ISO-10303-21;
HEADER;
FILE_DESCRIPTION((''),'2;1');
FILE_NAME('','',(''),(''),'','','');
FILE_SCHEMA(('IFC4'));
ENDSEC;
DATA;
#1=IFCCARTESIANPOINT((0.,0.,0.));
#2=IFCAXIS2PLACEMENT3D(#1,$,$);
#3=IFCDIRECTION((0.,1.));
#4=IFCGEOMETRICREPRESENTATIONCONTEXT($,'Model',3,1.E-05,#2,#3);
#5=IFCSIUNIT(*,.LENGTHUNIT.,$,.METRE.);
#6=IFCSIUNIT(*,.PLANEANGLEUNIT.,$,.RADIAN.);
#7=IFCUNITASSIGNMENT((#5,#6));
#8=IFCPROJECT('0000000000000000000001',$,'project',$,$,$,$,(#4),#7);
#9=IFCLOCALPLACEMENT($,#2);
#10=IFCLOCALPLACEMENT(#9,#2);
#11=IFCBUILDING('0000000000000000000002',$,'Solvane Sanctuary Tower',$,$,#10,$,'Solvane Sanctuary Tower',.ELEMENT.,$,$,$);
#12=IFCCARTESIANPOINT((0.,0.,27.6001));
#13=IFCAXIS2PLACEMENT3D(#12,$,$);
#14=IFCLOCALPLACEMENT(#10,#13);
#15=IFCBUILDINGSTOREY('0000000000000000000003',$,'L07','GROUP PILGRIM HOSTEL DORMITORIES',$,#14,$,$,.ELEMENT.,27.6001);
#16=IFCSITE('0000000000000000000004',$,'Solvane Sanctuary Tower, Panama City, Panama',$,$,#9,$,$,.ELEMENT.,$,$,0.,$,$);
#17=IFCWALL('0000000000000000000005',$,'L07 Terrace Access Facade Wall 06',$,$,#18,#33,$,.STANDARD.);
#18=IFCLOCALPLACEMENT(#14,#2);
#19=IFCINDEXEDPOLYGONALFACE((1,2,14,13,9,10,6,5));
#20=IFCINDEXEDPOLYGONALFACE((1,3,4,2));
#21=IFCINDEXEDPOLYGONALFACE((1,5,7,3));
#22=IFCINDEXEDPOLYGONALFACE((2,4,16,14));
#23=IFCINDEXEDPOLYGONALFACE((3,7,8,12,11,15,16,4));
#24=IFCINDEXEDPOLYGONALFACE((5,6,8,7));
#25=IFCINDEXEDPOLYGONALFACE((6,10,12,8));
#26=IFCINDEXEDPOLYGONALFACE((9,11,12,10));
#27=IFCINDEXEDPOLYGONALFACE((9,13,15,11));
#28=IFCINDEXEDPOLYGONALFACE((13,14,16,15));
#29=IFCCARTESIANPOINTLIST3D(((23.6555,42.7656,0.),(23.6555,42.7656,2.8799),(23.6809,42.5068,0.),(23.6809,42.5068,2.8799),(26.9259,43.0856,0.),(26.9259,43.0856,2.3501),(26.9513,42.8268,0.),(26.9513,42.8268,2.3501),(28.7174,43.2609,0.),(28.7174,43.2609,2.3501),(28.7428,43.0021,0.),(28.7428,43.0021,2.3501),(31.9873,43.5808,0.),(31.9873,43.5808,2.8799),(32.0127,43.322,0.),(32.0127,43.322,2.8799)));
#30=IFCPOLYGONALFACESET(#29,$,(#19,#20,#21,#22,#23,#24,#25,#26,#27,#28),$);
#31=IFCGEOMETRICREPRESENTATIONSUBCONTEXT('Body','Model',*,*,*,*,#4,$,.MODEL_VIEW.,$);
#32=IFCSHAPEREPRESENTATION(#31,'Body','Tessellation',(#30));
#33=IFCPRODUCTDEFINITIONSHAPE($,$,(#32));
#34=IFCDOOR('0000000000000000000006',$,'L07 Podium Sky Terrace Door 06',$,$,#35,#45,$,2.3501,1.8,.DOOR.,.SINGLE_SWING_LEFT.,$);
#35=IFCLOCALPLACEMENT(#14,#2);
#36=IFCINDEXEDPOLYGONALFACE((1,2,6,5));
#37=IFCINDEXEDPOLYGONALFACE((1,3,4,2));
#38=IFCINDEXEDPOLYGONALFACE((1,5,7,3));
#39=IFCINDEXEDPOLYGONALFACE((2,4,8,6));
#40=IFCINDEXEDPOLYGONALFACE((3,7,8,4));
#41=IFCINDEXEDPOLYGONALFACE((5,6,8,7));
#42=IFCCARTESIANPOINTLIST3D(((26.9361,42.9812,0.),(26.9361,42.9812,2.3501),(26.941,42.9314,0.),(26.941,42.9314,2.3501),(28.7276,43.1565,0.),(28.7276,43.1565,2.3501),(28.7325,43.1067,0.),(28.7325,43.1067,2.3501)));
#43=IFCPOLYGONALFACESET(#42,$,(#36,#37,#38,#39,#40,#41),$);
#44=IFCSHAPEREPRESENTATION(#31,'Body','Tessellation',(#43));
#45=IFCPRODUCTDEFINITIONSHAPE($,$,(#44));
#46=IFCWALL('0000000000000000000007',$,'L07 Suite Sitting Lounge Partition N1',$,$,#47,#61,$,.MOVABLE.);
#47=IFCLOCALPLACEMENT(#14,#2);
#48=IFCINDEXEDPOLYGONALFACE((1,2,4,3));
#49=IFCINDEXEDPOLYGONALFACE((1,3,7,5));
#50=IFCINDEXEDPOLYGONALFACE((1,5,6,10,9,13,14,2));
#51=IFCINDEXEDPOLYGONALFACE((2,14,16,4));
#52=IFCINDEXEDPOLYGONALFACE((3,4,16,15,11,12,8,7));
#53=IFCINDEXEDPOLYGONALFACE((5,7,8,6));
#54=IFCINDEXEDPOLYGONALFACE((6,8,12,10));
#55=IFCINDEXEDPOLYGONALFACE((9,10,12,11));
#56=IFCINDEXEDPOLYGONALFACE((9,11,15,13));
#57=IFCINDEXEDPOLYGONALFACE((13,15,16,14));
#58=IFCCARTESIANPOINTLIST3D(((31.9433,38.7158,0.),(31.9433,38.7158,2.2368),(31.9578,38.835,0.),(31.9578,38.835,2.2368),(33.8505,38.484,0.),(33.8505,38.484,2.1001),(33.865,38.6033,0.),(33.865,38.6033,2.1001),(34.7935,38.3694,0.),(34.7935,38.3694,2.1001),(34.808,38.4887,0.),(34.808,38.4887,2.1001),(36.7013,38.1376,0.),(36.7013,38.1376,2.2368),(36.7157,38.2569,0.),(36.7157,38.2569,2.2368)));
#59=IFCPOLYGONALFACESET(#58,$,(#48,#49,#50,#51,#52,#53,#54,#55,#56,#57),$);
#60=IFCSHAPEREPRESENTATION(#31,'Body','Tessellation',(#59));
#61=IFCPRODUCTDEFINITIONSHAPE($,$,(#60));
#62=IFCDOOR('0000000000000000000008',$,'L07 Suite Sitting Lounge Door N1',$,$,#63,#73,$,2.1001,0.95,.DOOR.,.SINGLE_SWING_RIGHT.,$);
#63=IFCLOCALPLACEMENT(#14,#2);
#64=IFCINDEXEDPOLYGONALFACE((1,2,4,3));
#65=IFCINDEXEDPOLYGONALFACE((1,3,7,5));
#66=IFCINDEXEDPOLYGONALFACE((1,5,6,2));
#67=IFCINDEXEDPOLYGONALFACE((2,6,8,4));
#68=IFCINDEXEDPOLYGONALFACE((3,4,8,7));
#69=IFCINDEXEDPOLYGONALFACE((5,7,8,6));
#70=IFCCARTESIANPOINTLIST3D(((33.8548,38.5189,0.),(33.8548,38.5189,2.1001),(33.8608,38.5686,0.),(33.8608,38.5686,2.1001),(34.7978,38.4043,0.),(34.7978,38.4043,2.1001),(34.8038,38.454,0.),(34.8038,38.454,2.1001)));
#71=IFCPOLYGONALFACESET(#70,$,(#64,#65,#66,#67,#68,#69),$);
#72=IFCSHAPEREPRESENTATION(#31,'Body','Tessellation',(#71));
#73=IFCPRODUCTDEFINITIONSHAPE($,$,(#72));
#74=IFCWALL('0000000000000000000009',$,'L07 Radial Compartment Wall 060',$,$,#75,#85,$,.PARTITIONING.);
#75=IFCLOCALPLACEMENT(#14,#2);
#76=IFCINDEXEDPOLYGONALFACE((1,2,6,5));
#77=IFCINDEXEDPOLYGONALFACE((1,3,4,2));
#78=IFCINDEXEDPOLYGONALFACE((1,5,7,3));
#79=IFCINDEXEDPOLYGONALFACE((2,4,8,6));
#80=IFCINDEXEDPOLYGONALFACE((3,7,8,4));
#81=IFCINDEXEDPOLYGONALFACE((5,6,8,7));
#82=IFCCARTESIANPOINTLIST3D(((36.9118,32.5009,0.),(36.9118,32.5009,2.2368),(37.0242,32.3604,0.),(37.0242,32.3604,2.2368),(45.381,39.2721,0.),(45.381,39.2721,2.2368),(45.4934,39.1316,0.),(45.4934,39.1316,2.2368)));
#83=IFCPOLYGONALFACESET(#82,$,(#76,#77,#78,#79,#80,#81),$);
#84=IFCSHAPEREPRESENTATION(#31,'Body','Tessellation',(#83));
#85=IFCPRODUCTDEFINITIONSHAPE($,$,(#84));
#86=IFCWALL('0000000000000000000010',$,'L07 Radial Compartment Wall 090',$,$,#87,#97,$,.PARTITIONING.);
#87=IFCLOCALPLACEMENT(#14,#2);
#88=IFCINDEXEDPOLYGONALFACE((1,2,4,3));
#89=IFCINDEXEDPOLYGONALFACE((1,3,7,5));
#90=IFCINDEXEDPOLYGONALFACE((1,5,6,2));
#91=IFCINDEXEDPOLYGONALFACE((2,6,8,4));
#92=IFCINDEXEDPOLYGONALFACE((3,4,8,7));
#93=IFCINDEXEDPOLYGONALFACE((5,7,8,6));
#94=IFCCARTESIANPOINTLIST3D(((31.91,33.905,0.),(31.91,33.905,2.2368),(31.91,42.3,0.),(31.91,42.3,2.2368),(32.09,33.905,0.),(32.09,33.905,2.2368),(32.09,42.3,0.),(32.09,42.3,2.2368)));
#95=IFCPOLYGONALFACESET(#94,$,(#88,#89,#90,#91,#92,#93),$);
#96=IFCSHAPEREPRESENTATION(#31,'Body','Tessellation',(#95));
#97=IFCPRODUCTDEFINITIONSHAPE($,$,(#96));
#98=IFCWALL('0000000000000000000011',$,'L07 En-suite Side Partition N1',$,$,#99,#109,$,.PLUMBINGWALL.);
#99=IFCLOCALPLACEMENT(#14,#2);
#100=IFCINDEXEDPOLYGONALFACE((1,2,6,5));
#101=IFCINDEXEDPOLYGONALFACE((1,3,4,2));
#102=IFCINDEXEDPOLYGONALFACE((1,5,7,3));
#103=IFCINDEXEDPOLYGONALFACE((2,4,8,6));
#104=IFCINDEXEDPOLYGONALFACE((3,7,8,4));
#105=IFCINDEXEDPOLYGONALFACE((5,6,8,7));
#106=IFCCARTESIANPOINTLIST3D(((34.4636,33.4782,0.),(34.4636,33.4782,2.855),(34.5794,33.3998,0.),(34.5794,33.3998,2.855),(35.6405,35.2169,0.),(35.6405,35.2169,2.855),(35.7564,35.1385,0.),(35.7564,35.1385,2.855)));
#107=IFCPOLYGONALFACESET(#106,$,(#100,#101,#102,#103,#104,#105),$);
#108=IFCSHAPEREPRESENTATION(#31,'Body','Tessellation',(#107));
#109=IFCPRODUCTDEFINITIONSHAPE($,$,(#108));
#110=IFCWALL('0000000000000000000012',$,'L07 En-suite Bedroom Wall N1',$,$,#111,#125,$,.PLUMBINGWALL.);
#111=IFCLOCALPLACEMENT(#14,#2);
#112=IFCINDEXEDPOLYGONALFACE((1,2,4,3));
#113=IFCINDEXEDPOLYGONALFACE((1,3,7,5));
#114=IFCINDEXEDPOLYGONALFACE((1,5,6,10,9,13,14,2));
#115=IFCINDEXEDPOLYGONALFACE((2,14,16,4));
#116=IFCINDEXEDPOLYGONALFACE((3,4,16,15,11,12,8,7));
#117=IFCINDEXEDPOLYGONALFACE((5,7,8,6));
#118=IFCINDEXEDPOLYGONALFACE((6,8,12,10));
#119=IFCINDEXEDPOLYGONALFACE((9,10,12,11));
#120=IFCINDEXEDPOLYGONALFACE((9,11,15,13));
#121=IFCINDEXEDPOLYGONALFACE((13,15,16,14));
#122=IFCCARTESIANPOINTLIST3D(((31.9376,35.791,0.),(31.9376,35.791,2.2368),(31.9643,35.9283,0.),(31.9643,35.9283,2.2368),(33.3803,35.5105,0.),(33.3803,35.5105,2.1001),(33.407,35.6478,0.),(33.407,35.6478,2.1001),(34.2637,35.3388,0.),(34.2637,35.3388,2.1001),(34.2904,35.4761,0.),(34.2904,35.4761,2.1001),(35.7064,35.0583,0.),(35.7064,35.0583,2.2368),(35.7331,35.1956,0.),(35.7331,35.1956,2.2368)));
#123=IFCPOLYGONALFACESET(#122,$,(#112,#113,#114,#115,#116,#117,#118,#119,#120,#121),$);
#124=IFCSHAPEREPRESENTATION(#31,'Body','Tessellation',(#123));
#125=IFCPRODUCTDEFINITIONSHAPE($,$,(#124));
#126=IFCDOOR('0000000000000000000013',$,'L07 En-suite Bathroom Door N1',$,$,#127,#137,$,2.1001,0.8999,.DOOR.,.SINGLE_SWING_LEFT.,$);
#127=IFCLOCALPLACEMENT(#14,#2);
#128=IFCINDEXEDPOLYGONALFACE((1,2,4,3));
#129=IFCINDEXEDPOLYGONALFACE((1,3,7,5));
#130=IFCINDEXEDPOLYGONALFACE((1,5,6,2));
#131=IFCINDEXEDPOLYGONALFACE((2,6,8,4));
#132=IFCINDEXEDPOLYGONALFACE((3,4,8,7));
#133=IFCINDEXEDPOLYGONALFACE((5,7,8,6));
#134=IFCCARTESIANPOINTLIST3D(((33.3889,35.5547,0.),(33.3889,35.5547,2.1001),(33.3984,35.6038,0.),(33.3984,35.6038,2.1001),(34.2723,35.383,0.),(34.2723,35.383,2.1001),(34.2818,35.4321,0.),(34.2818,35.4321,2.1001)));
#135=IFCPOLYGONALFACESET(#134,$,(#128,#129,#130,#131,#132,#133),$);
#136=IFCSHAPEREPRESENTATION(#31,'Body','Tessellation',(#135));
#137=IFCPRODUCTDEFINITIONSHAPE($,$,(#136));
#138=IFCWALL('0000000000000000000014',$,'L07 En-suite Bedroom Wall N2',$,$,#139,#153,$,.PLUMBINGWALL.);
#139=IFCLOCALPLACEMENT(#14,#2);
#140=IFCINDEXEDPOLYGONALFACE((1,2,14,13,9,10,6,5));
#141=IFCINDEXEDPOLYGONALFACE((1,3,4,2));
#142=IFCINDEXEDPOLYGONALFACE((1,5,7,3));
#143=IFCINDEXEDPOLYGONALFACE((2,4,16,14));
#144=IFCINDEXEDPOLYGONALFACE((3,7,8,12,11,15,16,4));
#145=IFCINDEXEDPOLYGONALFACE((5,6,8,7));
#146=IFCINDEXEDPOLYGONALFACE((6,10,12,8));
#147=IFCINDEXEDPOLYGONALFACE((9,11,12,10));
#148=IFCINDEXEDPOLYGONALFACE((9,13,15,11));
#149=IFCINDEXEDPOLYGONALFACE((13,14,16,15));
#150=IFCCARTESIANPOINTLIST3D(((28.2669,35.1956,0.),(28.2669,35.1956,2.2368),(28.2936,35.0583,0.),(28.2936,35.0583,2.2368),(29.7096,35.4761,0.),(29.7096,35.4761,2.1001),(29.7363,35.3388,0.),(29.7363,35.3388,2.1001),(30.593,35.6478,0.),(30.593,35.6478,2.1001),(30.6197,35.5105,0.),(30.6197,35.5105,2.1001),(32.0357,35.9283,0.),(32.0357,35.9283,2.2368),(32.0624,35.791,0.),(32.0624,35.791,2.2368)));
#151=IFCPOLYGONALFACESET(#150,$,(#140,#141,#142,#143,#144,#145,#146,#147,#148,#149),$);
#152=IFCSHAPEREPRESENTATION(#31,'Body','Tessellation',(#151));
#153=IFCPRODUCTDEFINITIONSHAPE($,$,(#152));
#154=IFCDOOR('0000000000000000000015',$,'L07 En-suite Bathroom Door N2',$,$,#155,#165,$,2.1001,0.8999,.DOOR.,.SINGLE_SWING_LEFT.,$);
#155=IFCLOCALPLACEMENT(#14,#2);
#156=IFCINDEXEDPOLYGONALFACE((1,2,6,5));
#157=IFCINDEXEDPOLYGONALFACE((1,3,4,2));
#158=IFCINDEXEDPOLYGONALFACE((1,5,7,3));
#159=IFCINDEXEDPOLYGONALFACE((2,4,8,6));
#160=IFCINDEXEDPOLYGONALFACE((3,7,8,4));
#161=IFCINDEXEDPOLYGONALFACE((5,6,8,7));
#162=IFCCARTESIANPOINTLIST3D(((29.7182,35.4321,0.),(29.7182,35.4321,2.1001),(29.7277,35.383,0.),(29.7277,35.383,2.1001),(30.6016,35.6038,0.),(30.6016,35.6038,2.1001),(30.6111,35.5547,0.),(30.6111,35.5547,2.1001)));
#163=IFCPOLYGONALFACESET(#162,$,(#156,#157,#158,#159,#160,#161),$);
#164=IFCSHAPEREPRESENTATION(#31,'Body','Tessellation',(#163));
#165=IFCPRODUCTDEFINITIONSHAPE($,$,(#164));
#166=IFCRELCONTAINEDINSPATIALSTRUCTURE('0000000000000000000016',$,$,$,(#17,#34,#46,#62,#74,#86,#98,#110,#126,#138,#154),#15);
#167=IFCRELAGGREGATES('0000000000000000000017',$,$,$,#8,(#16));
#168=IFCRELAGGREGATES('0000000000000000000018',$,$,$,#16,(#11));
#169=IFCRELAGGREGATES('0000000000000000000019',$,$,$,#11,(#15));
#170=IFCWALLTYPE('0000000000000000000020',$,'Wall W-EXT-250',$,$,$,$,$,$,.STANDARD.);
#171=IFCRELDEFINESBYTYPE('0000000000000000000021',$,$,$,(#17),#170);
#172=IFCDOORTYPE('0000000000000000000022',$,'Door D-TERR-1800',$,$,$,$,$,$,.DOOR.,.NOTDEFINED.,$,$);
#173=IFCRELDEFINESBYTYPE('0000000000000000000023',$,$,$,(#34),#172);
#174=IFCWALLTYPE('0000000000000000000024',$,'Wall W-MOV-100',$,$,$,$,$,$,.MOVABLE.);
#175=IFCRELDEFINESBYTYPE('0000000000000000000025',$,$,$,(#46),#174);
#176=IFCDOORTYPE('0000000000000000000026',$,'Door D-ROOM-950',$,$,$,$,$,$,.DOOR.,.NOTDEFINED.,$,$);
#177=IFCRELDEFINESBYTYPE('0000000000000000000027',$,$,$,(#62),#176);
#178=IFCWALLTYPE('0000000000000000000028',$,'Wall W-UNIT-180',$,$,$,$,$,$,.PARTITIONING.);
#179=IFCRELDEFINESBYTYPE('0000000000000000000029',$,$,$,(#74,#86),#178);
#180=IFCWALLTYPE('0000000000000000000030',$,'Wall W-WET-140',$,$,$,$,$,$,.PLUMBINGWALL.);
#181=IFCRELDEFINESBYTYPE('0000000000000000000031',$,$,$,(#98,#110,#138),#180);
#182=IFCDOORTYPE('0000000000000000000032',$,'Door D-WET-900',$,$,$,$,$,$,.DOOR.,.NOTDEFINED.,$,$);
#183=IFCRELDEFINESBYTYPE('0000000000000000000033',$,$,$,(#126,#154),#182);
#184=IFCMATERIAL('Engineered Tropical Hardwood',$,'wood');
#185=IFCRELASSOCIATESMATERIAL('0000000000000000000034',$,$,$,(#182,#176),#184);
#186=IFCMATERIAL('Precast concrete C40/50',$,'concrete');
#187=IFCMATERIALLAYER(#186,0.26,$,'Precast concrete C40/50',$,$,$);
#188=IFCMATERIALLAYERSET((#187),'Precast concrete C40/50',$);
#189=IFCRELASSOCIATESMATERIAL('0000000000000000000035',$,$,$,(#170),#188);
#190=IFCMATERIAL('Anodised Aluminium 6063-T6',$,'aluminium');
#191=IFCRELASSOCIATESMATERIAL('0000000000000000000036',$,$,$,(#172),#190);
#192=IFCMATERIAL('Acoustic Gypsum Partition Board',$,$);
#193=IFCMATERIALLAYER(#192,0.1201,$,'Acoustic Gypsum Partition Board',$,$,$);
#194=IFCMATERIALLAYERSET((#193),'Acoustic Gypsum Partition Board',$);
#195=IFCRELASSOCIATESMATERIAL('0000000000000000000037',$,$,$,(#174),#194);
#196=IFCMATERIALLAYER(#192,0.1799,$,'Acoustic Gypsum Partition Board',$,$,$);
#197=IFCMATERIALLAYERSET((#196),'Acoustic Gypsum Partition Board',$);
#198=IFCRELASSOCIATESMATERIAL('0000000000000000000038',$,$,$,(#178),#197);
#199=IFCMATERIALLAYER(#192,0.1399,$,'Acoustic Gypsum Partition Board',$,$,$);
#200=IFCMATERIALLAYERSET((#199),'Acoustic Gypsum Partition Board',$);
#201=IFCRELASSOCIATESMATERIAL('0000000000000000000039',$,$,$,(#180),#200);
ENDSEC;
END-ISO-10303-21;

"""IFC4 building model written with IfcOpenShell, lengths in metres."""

from ifc_helpers import new_model, si_unit, direction, frame, frame_2d, origin, place, context, subcontext, project, spatial, rectangle, extrude, material, layer, layer_set, type_object, element, fill, save


model = new_model("IFC4")

# Units and contexts
model_context = context("Model", 3, precision=1e-05, world=origin(), true_north=direction((0.0, 1.0)))
body_context = subcontext(model_context, "Body", "Model", "MODEL_VIEW")
ifc_project = project(units=[si_unit("LENGTHUNIT", "METRE"), si_unit("PLANEANGLEUNIT", "RADIAN")], contexts=[model_context])

# Site, building, storey
site_placement = place(None, origin())
site = spatial("IfcSite", under=ifc_project, at=site_placement, Name="Solvane Sanctuary Tower, Panama City, Panama", CompositionType="ELEMENT", RefElevation=0.0)
building_placement = place(site_placement, origin())
building = spatial("IfcBuilding", under=site, at=building_placement, Name="Solvane Sanctuary Tower", LongName="Solvane Sanctuary Tower", CompositionType="ELEMENT")
storey_placement = place(building_placement, frame((0.0, 0.0, 27.6001)))
storey = spatial("IfcBuildingStorey", under=building, at=storey_placement, Name="L07", Description="GROUP PILGRIM HOSTEL DORMITORIES", CompositionType="ELEMENT", Elevation=27.6001)

# Shared definitions
ifc_material_1 = material(Name="Acoustic Gypsum Partition Board")

# Shared definitions
ifc_material_2 = material(Name="Engineered Tropical Hardwood", Category="wood")
door_type_1 = type_object("IfcDoorType", Name="Door D-WET-900", OperationType="NOTDEFINED", PredefinedType="DOOR", material=ifc_material_2)

# Shared definitions
door_type_2 = type_object("IfcDoorType", Name="Door D-ROOM-950", OperationType="NOTDEFINED", PredefinedType="DOOR", material=ifc_material_2)

# Walls, openings, doors
ifc_material_3 = material(Name="Precast concrete C40/50", Category="concrete")
ifc_layer_1 = layer(ifc_material_3, 0.26, Name="Precast concrete C40/50")
ifc_layer_set_1 = layer_set([ifc_layer_1], Name="Precast concrete C40/50")
wall_type_1 = type_object("IfcWallType", Name="Wall W-EXT-250", PredefinedType="STANDARD", material=ifc_layer_set_1)
wall_1_placement = place(storey_placement, frame((32.0, 43.4514, 0.0), z_axis=(0.0, 0.0, 1.0), x_axis=(-0.995248, -0.097375, 0.0)))
wall_1 = element("IfcWall", 1, at=wall_1_placement, inside=storey, type_object=wall_type_1, Name="L07 Terrace Access Facade Wall 06", PredefinedType="STANDARD", context=body_context, shape_type="SweptSolid", body=[
    extrude(rectangle(XDim=8.3716, YDim=0.26, at=frame_2d((4.1858, 0.0))), origin(), (0.0, 0.0, 1.0), 2.8799),
])
opening_1_placement = place(wall_1_placement, frame((3.2856, 0.0, 0.0)))
opening_1 = element("IfcOpeningElement", 2, at=opening_1_placement, cuts=wall_1, PredefinedType="OPENING", context=body_context, shape_type="SweptSolid", body=[
    extrude(rectangle(XDim=1.8, YDim=2.3501, at=frame_2d((0.8999, 1.175))), frame((0.0, 0.1399, 0.0), z_axis=(0.0, -1.0, 0.0), x_axis=(1.0, 0.0, 0.0)), (0.0, 0.0, 1.0), 0.28),
])
ifc_material_4 = material(Name="Anodised Aluminium 6063-T6", Category="aluminium")
door_type_3 = type_object("IfcDoorType", Name="Door D-TERR-1800", OperationType="NOTDEFINED", PredefinedType="DOOR", material=ifc_material_4)
door_1_placement = place(opening_1_placement, origin())
door_1 = element("IfcDoor", 3, at=door_1_placement, inside=storey, type_object=door_type_3, Name="L07 Podium Sky Terrace Door 06", OperationType="SINGLE_SWING_LEFT", OverallHeight=2.3501, OverallWidth=1.8, PredefinedType="DOOR", context=body_context, shape_type="SweptSolid", body=[
    extrude(rectangle(XDim=1.8, YDim=2.3501, at=frame_2d((0.8999, 1.175))), frame((0.0, 0.0249, 0.0), z_axis=(0.0, -1.0, 0.0), x_axis=(1.0, 0.0, 0.0)), (0.0, 0.0, 1.0), 0.05),
])
fill(opening_1, door_1)
ifc_layer_2 = layer(ifc_material_1, 0.1201, Name="Acoustic Gypsum Partition Board")
ifc_layer_set_2 = layer_set([ifc_layer_2], Name="Acoustic Gypsum Partition Board")
wall_type_2 = type_object("IfcWallType", Name="Wall W-MOV-100", PredefinedType="MOVABLE", material=ifc_layer_set_2)
wall_2_placement = place(storey_placement, frame((36.7085, 38.1973, 0.0), z_axis=(0.0, 0.0, 1.0), x_axis=(-0.992699, 0.120617, 0.0)))
wall_2 = element("IfcWall", 4, at=wall_2_placement, inside=storey, type_object=wall_type_2, Name="L07 Suite Sitting Lounge Partition N1", PredefinedType="MOVABLE", context=body_context, shape_type="SweptSolid", body=[
    extrude(rectangle(XDim=4.793, YDim=0.1201, at=frame_2d((2.3965, 0.0))), origin(), (0.0, 0.0, 1.0), 2.2368),
])
opening_2_placement = place(wall_2_placement, frame((1.9216, 0.0, 0.0)))
opening_2 = element("IfcOpeningElement", 5, at=opening_2_placement, cuts=wall_2, PredefinedType="OPENING", context=body_context, shape_type="SweptSolid", body=[
    extrude(rectangle(XDim=0.95, YDim=2.1001, at=frame_2d((0.4751, 1.05))), frame((0.0, 0.0701, 0.0), z_axis=(0.0, -1.0, 0.0), x_axis=(1.0, 0.0, 0.0)), (0.0, 0.0, 1.0), 0.1401),
])
door_2_placement = place(opening_2_placement, origin())
door_2 = element("IfcDoor", 6, at=door_2_placement, inside=storey, type_object=door_type_2, Name="L07 Suite Sitting Lounge Door N1", OperationType="SINGLE_SWING_RIGHT", OverallHeight=2.1001, OverallWidth=0.95, PredefinedType="DOOR", context=body_context, shape_type="SweptSolid", body=[
    extrude(rectangle(XDim=0.95, YDim=2.1001, at=frame_2d((0.4751, 1.05))), frame((0.0, 0.0249, 0.0), z_axis=(0.0, -1.0, 0.0), x_axis=(1.0, 0.0, 0.0)), (0.0, 0.0, 1.0), 0.05),
])
fill(opening_2, door_2)

# Walls
ifc_layer_3 = layer(ifc_material_1, 0.1799, Name="Acoustic Gypsum Partition Board")
ifc_layer_set_3 = layer_set([ifc_layer_3], Name="Acoustic Gypsum Partition Board")
wall_type_3 = type_object("IfcWallType", Name="Wall W-UNIT-180", PredefinedType="PARTITIONING", material=ifc_layer_set_3)
wall_3_placement = place(storey_placement, frame((36.968, 32.4307, 0.0), z_axis=(0.0, 0.0, 1.0), x_axis=(0.781055, 0.624462, 0.0)))
element("IfcWall", 7, at=wall_3_placement, inside=storey, type_object=wall_type_3, Name="L07 Radial Compartment Wall 060", PredefinedType="PARTITIONING", context=body_context, shape_type="SweptSolid", body=[
    extrude(rectangle(XDim=10.8433, YDim=0.1799, at=frame_2d((5.4216, 0.0))), origin(), (0.0, 0.0, 1.0), 2.2368),
])
wall_4_placement = place(storey_placement, frame((32.0, 33.905, 0.0), z_axis=(0.0, 0.0, 1.0), x_axis=(0.0, 1.0, 0.0)))
element("IfcWall", 8, at=wall_4_placement, inside=storey, type_object=wall_type_3, Name="L07 Radial Compartment Wall 090", PredefinedType="PARTITIONING", context=body_context, shape_type="SweptSolid", body=[
    extrude(rectangle(XDim=8.395, YDim=0.1799, at=frame_2d((4.1975, 0.0))), origin(), (0.0, 0.0, 1.0), 2.2368),
])
ifc_layer_4 = layer(ifc_material_1, 0.1399, Name="Acoustic Gypsum Partition Board")
ifc_layer_set_4 = layer_set([ifc_layer_4], Name="Acoustic Gypsum Partition Board")
wall_type_4 = type_object("IfcWallType", Name="Wall W-WET-140", PredefinedType="PLUMBINGWALL", material=ifc_layer_set_4)
wall_5_placement = place(storey_placement, frame((34.5215, 33.439, 0.0), z_axis=(0.0, 0.0, 1.0), x_axis=(0.560563, 0.828112, 0.0)))
element("IfcWall", 9, at=wall_5_placement, inside=storey, type_object=wall_type_4, Name="L07 En-suite Side Partition N1", PredefinedType="PLUMBINGWALL", context=body_context, shape_type="SweptSolid", body=[
    extrude(rectangle(XDim=2.0996, YDim=0.1399, at=frame_2d((1.0498, 0.0))), origin(), (0.0, 0.0, 1.0), 2.855),
])

# Walls, openings, doors
wall_6_placement = place(storey_placement, frame((35.7197, 35.127, 0.0), z_axis=(0.0, 0.0, 1.0), x_axis=(-0.981623, 0.190831, 0.0)))
wall_6 = element("IfcWall", 10, at=wall_6_placement, inside=storey, type_object=wall_type_4, Name="L07 En-suite Bedroom Wall N1", PredefinedType="PLUMBINGWALL", context=body_context, shape_type="SweptSolid", body=[
    extrude(rectangle(XDim=3.8394, YDim=0.1399, at=frame_2d((1.9197, 0.0))), origin(), (0.0, 0.0, 1.0), 2.2368),
])
opening_3_placement = place(wall_6_placement, frame((1.4697, 0.0, 0.0)))
opening_3 = element("IfcOpeningElement", 11, at=opening_3_placement, cuts=wall_6, PredefinedType="OPENING", context=body_context, shape_type="SweptSolid", body=[
    extrude(rectangle(XDim=0.8999, YDim=2.1001, at=frame_2d((0.45, 1.05))), frame((0.0, 0.0798, 0.0), z_axis=(0.0, -1.0, 0.0), x_axis=(1.0, 0.0, 0.0)), (0.0, 0.0, 1.0), 0.1599),
])
door_3_placement = place(opening_3_placement, origin())
door_3 = element("IfcDoor", 12, at=door_3_placement, inside=storey, type_object=door_type_1, Name="L07 En-suite Bathroom Door N1", OperationType="SINGLE_SWING_LEFT", OverallHeight=2.1001, OverallWidth=0.8999, PredefinedType="DOOR", context=body_context, shape_type="SweptSolid", body=[
    extrude(rectangle(XDim=0.8999, YDim=2.1001, at=frame_2d((0.45, 1.05))), frame((0.0, 0.0249, 0.0), z_axis=(0.0, -1.0, 0.0), x_axis=(1.0, 0.0, 0.0)), (0.0, 0.0, 1.0), 0.05),
])
fill(opening_3, door_3)
wall_7_placement = place(storey_placement, frame((32.0491, 35.8596, 0.0), z_axis=(0.0, 0.0, 1.0), x_axis=(-0.981623, -0.190831, 0.0)))
wall_7 = element("IfcWall", 13, at=wall_7_placement, inside=storey, type_object=wall_type_4, Name="L07 En-suite Bedroom Wall N2", PredefinedType="PLUMBINGWALL", context=body_context, shape_type="SweptSolid", body=[
    extrude(rectangle(XDim=3.8394, YDim=0.1399, at=frame_2d((1.9197, 0.0))), origin(), (0.0, 0.0, 1.0), 2.2368),
])
opening_4_placement = place(wall_7_placement, frame((1.4697, 0.0, 0.0)))
opening_4 = element("IfcOpeningElement", 14, at=opening_4_placement, cuts=wall_7, PredefinedType="OPENING", context=body_context, shape_type="SweptSolid", body=[
    extrude(rectangle(XDim=0.8999, YDim=2.1001, at=frame_2d((0.45, 1.05))), frame((0.0, 0.0798, 0.0), z_axis=(0.0, -1.0, 0.0), x_axis=(1.0, 0.0, 0.0)), (0.0, 0.0, 1.0), 0.1599),
])
door_4_placement = place(opening_4_placement, origin())
door_4 = element("IfcDoor", 15, at=door_4_placement, inside=storey, type_object=door_type_1, Name="L07 En-suite Bathroom Door N2", OperationType="SINGLE_SWING_LEFT", OverallHeight=2.1001, OverallWidth=0.8999, PredefinedType="DOOR", context=body_context, shape_type="SweptSolid", body=[
    extrude(rectangle(XDim=0.8999, YDim=2.1001, at=frame_2d((0.45, 1.05))), frame((0.0, 0.0249, 0.0), z_axis=(0.0, -1.0, 0.0), x_axis=(1.0, 0.0, 0.0)), (0.0, 0.0, 1.0), 0.05),
])
fill(opening_4, door_4)

save(model, "model.ifc")
